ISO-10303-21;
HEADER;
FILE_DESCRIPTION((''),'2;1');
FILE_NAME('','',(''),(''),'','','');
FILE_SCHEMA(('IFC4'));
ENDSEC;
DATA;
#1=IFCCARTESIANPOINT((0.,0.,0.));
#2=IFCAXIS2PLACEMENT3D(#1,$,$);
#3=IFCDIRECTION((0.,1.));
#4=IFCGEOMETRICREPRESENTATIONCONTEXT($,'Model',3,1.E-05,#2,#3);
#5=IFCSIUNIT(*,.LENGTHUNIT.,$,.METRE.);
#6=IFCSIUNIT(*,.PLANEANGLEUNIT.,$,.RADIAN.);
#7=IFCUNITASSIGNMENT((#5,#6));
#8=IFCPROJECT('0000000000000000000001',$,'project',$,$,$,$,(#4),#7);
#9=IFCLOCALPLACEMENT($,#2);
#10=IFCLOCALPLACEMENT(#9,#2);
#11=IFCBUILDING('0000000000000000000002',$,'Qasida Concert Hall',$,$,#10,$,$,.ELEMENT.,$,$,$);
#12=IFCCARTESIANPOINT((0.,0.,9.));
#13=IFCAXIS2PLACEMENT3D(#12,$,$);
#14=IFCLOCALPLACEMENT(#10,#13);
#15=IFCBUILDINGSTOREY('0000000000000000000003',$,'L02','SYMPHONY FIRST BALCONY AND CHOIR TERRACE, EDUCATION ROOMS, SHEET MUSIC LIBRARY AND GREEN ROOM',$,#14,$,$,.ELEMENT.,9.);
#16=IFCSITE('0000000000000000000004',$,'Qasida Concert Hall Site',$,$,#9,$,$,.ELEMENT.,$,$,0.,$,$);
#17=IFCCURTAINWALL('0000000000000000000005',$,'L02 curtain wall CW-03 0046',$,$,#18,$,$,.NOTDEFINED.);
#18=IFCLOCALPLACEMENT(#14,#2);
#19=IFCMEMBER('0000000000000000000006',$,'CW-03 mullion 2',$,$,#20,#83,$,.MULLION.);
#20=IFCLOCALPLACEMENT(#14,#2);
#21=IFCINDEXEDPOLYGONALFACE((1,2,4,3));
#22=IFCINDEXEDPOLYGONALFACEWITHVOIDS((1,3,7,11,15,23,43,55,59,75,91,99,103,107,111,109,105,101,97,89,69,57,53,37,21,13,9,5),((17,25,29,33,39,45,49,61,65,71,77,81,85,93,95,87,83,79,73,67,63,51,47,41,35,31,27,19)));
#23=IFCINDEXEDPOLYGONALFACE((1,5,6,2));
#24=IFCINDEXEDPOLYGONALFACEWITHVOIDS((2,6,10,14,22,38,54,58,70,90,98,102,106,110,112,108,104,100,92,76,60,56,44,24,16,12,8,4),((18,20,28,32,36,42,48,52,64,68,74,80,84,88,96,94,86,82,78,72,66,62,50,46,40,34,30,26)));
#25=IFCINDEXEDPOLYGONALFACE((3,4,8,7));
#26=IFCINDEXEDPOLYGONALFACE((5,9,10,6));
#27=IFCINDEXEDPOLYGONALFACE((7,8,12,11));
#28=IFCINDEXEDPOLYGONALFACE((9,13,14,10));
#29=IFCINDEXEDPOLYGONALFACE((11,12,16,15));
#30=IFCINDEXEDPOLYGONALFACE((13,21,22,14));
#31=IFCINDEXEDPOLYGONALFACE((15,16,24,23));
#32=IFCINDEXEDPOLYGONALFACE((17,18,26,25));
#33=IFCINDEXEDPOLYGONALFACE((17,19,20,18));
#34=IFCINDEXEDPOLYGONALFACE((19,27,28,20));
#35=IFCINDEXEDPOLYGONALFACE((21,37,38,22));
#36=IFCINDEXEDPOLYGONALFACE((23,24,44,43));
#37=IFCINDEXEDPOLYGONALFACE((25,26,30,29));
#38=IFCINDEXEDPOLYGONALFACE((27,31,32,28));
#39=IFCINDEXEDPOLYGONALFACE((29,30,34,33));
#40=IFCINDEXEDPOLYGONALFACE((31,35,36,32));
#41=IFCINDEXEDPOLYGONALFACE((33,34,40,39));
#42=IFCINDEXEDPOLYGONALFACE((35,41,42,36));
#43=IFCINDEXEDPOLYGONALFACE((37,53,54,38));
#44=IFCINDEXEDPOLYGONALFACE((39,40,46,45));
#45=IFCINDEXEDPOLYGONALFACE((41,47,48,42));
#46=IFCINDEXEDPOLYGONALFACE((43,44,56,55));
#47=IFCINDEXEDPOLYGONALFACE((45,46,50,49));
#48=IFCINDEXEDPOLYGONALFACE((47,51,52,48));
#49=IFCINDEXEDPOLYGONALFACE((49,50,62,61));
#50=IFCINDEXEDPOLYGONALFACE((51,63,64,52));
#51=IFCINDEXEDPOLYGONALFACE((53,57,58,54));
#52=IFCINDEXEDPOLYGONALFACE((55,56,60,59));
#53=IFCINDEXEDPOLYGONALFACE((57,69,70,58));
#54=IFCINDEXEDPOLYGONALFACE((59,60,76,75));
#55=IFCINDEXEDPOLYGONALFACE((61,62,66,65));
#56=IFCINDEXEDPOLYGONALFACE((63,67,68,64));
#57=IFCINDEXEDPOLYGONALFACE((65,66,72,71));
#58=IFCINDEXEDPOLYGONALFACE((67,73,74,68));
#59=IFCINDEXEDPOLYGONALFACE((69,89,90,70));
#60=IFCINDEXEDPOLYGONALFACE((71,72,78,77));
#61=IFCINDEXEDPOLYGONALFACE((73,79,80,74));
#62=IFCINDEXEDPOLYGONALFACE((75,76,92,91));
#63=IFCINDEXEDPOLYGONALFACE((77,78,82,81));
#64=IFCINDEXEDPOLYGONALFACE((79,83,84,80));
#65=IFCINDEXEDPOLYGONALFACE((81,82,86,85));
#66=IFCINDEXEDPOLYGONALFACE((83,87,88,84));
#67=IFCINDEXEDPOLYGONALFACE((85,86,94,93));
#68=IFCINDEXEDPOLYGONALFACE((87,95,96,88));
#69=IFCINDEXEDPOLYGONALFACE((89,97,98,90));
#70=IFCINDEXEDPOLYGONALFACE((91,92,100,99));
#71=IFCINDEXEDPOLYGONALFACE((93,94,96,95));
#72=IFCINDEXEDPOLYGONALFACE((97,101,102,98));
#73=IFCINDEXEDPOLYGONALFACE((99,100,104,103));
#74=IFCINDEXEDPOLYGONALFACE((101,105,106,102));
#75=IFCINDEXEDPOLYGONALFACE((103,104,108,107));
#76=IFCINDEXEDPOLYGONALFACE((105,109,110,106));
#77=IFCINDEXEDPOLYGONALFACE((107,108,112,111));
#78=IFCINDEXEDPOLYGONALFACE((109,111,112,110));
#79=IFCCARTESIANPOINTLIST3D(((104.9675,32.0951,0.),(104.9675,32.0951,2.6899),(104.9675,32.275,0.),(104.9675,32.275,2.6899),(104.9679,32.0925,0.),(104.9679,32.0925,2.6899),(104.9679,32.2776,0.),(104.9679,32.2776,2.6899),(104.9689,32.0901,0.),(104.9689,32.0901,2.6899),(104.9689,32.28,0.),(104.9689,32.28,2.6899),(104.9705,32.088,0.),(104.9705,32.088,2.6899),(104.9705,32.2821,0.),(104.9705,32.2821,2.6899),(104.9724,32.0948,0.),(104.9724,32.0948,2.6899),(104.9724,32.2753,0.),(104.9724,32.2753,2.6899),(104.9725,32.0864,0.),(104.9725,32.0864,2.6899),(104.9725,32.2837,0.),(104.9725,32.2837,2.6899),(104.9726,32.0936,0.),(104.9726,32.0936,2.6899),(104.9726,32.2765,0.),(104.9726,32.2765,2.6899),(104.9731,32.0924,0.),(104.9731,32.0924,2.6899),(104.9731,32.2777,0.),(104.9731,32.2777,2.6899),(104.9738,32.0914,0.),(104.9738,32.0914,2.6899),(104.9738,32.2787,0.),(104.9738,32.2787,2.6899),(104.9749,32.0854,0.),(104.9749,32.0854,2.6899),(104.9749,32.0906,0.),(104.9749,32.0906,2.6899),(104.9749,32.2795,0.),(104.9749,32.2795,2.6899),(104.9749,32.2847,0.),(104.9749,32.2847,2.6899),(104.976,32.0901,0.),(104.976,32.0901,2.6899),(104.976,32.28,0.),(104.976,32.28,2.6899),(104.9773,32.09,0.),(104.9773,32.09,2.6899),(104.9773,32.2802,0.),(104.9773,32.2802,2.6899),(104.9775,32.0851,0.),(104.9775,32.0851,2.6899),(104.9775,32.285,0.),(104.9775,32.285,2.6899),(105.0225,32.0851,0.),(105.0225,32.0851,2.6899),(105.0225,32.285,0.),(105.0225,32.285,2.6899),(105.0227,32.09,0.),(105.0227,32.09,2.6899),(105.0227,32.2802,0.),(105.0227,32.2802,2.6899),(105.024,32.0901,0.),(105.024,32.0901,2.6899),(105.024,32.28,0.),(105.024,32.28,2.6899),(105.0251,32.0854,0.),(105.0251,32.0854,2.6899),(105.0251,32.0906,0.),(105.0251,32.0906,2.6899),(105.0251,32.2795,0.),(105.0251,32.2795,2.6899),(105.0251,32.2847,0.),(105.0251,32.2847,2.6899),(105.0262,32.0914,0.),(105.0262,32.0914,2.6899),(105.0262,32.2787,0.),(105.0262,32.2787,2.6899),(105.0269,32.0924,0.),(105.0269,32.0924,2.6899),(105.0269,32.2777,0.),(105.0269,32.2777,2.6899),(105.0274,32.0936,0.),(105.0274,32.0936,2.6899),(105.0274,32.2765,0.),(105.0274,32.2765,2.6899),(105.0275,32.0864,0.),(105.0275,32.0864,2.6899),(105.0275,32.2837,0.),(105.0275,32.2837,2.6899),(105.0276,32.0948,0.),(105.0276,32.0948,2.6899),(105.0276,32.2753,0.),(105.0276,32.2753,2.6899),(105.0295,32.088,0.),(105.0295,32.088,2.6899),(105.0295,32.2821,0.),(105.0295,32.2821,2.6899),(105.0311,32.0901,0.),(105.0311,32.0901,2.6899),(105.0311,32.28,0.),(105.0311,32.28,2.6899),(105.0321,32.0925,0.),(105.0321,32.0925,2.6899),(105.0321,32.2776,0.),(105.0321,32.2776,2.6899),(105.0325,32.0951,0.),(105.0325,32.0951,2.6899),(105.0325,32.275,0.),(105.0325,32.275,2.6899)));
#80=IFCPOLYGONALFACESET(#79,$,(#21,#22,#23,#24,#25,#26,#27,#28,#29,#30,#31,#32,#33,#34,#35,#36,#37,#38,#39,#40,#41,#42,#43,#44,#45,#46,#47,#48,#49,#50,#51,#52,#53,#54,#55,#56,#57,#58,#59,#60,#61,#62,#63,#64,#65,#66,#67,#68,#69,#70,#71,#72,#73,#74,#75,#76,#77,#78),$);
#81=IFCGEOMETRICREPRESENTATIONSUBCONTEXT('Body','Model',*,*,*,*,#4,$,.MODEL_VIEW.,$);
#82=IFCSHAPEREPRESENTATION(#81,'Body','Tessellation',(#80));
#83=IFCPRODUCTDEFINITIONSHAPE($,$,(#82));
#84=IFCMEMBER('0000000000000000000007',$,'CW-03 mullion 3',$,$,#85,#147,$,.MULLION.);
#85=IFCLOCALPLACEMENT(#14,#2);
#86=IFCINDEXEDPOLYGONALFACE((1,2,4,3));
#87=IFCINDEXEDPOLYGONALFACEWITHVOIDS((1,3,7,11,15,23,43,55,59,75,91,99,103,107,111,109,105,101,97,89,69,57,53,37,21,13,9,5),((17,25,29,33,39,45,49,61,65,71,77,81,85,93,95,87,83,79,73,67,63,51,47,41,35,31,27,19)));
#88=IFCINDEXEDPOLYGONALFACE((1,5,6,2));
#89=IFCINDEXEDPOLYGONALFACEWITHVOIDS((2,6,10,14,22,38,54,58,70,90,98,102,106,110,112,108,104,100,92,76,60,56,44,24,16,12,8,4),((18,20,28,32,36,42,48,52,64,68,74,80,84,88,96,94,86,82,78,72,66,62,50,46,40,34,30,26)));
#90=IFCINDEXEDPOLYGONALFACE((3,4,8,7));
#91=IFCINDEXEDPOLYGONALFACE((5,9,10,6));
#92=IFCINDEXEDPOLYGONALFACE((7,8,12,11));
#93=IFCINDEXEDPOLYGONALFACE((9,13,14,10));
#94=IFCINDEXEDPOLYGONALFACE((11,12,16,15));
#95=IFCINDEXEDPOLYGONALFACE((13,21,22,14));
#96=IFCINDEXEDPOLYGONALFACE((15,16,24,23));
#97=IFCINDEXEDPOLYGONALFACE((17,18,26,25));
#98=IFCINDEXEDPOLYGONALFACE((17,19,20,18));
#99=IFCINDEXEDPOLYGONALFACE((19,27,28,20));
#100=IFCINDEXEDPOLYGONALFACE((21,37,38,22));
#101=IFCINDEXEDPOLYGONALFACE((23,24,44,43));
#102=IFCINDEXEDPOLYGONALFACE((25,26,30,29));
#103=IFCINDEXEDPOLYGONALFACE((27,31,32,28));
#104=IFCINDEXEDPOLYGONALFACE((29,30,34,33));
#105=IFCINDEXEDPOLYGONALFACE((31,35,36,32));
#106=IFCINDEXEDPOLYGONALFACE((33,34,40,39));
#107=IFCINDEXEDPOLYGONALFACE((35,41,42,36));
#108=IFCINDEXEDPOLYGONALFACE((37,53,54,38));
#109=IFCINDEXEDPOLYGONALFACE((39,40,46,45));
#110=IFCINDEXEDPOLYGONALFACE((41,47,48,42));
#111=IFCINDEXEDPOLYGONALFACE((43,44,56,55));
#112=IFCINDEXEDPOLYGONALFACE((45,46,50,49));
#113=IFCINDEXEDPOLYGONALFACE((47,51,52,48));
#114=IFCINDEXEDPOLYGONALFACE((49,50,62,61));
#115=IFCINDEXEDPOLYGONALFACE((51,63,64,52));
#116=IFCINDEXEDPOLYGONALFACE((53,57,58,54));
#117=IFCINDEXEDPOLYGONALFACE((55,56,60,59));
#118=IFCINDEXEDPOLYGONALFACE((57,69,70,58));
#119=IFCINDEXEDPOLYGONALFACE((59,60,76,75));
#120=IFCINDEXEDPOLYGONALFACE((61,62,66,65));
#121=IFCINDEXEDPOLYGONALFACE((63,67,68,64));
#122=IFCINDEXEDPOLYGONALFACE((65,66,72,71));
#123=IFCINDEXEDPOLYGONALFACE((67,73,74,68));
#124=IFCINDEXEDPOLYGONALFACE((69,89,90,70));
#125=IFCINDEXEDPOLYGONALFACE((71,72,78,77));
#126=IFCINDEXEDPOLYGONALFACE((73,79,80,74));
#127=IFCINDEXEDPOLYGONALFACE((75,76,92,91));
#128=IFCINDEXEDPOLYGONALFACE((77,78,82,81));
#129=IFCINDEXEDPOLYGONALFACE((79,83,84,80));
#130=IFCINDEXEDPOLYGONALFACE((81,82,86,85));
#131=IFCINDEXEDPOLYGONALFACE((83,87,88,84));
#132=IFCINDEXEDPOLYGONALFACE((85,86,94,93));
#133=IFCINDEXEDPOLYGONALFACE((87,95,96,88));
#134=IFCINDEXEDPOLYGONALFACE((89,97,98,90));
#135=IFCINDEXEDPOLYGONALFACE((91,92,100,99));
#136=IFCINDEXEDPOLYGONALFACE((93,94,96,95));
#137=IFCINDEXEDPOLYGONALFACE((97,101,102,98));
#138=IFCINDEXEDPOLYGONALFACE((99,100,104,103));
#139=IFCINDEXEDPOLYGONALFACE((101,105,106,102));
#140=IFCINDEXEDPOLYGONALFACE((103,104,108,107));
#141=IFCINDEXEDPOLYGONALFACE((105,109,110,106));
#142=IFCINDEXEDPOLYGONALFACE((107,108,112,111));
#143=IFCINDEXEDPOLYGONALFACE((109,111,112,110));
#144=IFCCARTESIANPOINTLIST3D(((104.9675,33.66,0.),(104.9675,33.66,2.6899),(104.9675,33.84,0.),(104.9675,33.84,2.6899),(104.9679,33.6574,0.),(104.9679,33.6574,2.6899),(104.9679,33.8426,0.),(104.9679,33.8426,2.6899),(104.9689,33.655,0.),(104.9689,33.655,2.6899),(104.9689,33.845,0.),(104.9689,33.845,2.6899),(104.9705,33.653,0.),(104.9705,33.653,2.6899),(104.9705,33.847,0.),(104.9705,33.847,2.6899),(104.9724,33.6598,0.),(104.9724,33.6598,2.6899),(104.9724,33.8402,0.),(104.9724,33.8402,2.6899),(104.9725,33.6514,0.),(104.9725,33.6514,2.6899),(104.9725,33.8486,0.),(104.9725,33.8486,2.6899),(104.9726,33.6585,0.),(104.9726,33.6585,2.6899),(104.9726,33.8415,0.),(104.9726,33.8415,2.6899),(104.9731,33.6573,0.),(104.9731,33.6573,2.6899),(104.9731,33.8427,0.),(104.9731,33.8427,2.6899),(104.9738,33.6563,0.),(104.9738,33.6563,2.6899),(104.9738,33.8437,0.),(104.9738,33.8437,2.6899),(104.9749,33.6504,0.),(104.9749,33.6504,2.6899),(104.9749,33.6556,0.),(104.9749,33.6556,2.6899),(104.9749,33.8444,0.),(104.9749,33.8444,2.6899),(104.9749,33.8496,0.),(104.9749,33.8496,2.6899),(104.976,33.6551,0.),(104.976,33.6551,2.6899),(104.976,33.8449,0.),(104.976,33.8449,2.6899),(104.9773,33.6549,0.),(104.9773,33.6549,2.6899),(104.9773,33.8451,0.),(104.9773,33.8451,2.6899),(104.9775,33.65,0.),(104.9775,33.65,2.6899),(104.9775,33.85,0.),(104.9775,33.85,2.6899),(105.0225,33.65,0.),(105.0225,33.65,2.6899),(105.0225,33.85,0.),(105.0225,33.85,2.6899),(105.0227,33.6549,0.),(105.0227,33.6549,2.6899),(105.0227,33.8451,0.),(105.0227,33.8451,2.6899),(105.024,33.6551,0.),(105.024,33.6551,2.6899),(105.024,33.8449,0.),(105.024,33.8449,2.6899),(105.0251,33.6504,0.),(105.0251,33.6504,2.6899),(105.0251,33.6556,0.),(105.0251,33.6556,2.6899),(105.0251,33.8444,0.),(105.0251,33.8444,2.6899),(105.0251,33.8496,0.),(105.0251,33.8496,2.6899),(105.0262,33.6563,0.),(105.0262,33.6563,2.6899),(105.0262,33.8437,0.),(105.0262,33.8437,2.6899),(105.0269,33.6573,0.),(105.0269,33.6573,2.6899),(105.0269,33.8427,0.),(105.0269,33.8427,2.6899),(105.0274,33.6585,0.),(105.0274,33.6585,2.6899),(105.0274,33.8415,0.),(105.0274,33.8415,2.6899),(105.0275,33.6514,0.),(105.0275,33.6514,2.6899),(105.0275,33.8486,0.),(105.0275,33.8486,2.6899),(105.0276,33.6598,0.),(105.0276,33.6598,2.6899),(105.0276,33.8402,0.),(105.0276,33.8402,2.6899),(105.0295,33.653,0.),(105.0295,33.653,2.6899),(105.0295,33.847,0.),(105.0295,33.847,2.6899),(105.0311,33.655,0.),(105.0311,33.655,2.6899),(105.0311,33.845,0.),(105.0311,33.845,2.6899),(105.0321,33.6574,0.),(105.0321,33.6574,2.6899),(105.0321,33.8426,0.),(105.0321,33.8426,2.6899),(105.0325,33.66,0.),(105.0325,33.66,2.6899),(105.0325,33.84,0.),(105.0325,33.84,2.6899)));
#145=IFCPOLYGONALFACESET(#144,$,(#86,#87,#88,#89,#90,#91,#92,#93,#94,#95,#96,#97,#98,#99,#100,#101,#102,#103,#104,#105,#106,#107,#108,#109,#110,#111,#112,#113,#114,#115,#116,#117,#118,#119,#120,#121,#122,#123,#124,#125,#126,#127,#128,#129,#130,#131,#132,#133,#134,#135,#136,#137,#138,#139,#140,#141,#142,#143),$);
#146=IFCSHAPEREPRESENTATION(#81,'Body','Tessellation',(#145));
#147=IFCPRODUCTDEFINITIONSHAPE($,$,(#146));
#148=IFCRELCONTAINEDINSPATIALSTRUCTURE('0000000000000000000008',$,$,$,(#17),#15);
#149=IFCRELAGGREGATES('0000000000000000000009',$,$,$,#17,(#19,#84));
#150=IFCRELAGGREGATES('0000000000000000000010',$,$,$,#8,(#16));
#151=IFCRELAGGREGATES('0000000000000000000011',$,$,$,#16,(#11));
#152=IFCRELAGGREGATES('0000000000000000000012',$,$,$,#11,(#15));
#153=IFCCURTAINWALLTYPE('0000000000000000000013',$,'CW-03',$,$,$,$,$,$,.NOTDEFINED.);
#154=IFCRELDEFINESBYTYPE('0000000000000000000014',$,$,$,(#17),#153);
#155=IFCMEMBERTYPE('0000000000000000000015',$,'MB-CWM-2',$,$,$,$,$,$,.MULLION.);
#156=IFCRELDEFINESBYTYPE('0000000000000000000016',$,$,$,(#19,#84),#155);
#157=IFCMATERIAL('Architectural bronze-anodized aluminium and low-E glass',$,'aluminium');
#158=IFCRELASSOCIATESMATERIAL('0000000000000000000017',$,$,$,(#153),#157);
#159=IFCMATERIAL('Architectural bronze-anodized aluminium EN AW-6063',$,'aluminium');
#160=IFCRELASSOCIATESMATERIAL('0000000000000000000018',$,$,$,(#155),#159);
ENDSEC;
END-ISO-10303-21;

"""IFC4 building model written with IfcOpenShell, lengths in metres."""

from ifc_helpers import new_model, si_unit, direction, frame, origin, origin_2d, place, context, subcontext, project, spatial, hollow_rectangle, extrude, material, material_profile, profile_set, type_object, element, aggregate, save


model = new_model("IFC4")

# Units and contexts
model_context = context("Model", 3, precision=1e-05, world=origin(), true_north=direction((0.0, 1.0)))
body_context = subcontext(model_context, "Body", "Model", "MODEL_VIEW")
ifc_project = project(units=[si_unit("LENGTHUNIT", "METRE"), si_unit("PLANEANGLEUNIT", "RADIAN")], contexts=[model_context])

# Site, building, storey
site_placement = place(None, origin())
site = spatial("IfcSite", under=ifc_project, at=site_placement, Name="Qasida Concert Hall Site", CompositionType="ELEMENT", RefElevation=0.0)
building_placement = place(site_placement, origin())
building = spatial("IfcBuilding", under=site, at=building_placement, Name="Qasida Concert Hall", CompositionType="ELEMENT")
storey_placement = place(building_placement, frame((0.0, 0.0, 9.0)))
storey = spatial("IfcBuildingStorey", under=building, at=storey_placement, Name="L02", Description="SYMPHONY FIRST BALCONY AND CHOIR TERRACE, EDUCATION ROOMS, SHEET MUSIC LIBRARY AND GREEN ROOM", CompositionType="ELEMENT", Elevation=9.0)

# Curtain wall, members
ifc_material_1 = material(Name="Architectural bronze-anodized aluminium and low-E glass", Category="aluminium")
curtain_wall_type = type_object("IfcCurtainWallType", Name="CW-03", PredefinedType="NOTDEFINED", material=ifc_material_1)
curtain_wall_placement = place(storey_placement, origin())
curtain_wall = element("IfcCurtainWall", 1, at=curtain_wall_placement, inside=storey, type_object=curtain_wall_type, Name="L02 curtain wall CW-03 0046", PredefinedType="NOTDEFINED")
ifc_material_2 = material(Name="Architectural bronze-anodized aluminium EN AW-6063", Category="aluminium")
ifc_material_profile_1 = material_profile(ifc_material_2, hollow_rectangle(XDim=0.0649, YDim=0.2, WallThickness=0.0049, InnerFilletRadius=0.0049, OuterFilletRadius=0.01, at=origin_2d()), Name="CWM 200x65x5")
ifc_profile_set_1 = profile_set([ifc_material_profile_1], Name="Architectural bronze-anodized aluminium EN AW-6063")
member_type_1 = type_object("IfcMemberType", Name="MB-CWM-2", PredefinedType="MULLION", material=ifc_profile_set_1)
member_1_placement = place(storey_placement, frame((105.0, 32.1851, 0.0), z_axis=(0.0, 0.0, 1.0), x_axis=(-1.0, 0.0, 0.0)))
member_1 = element("IfcMember", 2, at=member_1_placement, type_object=member_type_1, Name="CW-03 mullion 2", PredefinedType="MULLION", context=body_context, shape_type="SweptSolid", body=[
    extrude(hollow_rectangle(XDim=0.0649, YDim=0.2, WallThickness=0.0049, InnerFilletRadius=0.0049, OuterFilletRadius=0.01, at=origin_2d()), origin(), (0.0, 0.0, 1.0), 2.6899),
])
member_2_placement = place(storey_placement, frame((105.0, 33.75, 0.0), z_axis=(0.0, 0.0, 1.0), x_axis=(-1.0, 0.0, 0.0)))
member_2 = element("IfcMember", 3, at=member_2_placement, type_object=member_type_1, Name="CW-03 mullion 3", PredefinedType="MULLION", context=body_context, shape_type="SweptSolid", body=[
    extrude(hollow_rectangle(XDim=0.0649, YDim=0.2, WallThickness=0.0049, InnerFilletRadius=0.0049, OuterFilletRadius=0.01, at=origin_2d()), origin(), (0.0, 0.0, 1.0), 2.6899),
])
aggregate(curtain_wall, [member_1, member_2])

save(model, "model.ifc")
